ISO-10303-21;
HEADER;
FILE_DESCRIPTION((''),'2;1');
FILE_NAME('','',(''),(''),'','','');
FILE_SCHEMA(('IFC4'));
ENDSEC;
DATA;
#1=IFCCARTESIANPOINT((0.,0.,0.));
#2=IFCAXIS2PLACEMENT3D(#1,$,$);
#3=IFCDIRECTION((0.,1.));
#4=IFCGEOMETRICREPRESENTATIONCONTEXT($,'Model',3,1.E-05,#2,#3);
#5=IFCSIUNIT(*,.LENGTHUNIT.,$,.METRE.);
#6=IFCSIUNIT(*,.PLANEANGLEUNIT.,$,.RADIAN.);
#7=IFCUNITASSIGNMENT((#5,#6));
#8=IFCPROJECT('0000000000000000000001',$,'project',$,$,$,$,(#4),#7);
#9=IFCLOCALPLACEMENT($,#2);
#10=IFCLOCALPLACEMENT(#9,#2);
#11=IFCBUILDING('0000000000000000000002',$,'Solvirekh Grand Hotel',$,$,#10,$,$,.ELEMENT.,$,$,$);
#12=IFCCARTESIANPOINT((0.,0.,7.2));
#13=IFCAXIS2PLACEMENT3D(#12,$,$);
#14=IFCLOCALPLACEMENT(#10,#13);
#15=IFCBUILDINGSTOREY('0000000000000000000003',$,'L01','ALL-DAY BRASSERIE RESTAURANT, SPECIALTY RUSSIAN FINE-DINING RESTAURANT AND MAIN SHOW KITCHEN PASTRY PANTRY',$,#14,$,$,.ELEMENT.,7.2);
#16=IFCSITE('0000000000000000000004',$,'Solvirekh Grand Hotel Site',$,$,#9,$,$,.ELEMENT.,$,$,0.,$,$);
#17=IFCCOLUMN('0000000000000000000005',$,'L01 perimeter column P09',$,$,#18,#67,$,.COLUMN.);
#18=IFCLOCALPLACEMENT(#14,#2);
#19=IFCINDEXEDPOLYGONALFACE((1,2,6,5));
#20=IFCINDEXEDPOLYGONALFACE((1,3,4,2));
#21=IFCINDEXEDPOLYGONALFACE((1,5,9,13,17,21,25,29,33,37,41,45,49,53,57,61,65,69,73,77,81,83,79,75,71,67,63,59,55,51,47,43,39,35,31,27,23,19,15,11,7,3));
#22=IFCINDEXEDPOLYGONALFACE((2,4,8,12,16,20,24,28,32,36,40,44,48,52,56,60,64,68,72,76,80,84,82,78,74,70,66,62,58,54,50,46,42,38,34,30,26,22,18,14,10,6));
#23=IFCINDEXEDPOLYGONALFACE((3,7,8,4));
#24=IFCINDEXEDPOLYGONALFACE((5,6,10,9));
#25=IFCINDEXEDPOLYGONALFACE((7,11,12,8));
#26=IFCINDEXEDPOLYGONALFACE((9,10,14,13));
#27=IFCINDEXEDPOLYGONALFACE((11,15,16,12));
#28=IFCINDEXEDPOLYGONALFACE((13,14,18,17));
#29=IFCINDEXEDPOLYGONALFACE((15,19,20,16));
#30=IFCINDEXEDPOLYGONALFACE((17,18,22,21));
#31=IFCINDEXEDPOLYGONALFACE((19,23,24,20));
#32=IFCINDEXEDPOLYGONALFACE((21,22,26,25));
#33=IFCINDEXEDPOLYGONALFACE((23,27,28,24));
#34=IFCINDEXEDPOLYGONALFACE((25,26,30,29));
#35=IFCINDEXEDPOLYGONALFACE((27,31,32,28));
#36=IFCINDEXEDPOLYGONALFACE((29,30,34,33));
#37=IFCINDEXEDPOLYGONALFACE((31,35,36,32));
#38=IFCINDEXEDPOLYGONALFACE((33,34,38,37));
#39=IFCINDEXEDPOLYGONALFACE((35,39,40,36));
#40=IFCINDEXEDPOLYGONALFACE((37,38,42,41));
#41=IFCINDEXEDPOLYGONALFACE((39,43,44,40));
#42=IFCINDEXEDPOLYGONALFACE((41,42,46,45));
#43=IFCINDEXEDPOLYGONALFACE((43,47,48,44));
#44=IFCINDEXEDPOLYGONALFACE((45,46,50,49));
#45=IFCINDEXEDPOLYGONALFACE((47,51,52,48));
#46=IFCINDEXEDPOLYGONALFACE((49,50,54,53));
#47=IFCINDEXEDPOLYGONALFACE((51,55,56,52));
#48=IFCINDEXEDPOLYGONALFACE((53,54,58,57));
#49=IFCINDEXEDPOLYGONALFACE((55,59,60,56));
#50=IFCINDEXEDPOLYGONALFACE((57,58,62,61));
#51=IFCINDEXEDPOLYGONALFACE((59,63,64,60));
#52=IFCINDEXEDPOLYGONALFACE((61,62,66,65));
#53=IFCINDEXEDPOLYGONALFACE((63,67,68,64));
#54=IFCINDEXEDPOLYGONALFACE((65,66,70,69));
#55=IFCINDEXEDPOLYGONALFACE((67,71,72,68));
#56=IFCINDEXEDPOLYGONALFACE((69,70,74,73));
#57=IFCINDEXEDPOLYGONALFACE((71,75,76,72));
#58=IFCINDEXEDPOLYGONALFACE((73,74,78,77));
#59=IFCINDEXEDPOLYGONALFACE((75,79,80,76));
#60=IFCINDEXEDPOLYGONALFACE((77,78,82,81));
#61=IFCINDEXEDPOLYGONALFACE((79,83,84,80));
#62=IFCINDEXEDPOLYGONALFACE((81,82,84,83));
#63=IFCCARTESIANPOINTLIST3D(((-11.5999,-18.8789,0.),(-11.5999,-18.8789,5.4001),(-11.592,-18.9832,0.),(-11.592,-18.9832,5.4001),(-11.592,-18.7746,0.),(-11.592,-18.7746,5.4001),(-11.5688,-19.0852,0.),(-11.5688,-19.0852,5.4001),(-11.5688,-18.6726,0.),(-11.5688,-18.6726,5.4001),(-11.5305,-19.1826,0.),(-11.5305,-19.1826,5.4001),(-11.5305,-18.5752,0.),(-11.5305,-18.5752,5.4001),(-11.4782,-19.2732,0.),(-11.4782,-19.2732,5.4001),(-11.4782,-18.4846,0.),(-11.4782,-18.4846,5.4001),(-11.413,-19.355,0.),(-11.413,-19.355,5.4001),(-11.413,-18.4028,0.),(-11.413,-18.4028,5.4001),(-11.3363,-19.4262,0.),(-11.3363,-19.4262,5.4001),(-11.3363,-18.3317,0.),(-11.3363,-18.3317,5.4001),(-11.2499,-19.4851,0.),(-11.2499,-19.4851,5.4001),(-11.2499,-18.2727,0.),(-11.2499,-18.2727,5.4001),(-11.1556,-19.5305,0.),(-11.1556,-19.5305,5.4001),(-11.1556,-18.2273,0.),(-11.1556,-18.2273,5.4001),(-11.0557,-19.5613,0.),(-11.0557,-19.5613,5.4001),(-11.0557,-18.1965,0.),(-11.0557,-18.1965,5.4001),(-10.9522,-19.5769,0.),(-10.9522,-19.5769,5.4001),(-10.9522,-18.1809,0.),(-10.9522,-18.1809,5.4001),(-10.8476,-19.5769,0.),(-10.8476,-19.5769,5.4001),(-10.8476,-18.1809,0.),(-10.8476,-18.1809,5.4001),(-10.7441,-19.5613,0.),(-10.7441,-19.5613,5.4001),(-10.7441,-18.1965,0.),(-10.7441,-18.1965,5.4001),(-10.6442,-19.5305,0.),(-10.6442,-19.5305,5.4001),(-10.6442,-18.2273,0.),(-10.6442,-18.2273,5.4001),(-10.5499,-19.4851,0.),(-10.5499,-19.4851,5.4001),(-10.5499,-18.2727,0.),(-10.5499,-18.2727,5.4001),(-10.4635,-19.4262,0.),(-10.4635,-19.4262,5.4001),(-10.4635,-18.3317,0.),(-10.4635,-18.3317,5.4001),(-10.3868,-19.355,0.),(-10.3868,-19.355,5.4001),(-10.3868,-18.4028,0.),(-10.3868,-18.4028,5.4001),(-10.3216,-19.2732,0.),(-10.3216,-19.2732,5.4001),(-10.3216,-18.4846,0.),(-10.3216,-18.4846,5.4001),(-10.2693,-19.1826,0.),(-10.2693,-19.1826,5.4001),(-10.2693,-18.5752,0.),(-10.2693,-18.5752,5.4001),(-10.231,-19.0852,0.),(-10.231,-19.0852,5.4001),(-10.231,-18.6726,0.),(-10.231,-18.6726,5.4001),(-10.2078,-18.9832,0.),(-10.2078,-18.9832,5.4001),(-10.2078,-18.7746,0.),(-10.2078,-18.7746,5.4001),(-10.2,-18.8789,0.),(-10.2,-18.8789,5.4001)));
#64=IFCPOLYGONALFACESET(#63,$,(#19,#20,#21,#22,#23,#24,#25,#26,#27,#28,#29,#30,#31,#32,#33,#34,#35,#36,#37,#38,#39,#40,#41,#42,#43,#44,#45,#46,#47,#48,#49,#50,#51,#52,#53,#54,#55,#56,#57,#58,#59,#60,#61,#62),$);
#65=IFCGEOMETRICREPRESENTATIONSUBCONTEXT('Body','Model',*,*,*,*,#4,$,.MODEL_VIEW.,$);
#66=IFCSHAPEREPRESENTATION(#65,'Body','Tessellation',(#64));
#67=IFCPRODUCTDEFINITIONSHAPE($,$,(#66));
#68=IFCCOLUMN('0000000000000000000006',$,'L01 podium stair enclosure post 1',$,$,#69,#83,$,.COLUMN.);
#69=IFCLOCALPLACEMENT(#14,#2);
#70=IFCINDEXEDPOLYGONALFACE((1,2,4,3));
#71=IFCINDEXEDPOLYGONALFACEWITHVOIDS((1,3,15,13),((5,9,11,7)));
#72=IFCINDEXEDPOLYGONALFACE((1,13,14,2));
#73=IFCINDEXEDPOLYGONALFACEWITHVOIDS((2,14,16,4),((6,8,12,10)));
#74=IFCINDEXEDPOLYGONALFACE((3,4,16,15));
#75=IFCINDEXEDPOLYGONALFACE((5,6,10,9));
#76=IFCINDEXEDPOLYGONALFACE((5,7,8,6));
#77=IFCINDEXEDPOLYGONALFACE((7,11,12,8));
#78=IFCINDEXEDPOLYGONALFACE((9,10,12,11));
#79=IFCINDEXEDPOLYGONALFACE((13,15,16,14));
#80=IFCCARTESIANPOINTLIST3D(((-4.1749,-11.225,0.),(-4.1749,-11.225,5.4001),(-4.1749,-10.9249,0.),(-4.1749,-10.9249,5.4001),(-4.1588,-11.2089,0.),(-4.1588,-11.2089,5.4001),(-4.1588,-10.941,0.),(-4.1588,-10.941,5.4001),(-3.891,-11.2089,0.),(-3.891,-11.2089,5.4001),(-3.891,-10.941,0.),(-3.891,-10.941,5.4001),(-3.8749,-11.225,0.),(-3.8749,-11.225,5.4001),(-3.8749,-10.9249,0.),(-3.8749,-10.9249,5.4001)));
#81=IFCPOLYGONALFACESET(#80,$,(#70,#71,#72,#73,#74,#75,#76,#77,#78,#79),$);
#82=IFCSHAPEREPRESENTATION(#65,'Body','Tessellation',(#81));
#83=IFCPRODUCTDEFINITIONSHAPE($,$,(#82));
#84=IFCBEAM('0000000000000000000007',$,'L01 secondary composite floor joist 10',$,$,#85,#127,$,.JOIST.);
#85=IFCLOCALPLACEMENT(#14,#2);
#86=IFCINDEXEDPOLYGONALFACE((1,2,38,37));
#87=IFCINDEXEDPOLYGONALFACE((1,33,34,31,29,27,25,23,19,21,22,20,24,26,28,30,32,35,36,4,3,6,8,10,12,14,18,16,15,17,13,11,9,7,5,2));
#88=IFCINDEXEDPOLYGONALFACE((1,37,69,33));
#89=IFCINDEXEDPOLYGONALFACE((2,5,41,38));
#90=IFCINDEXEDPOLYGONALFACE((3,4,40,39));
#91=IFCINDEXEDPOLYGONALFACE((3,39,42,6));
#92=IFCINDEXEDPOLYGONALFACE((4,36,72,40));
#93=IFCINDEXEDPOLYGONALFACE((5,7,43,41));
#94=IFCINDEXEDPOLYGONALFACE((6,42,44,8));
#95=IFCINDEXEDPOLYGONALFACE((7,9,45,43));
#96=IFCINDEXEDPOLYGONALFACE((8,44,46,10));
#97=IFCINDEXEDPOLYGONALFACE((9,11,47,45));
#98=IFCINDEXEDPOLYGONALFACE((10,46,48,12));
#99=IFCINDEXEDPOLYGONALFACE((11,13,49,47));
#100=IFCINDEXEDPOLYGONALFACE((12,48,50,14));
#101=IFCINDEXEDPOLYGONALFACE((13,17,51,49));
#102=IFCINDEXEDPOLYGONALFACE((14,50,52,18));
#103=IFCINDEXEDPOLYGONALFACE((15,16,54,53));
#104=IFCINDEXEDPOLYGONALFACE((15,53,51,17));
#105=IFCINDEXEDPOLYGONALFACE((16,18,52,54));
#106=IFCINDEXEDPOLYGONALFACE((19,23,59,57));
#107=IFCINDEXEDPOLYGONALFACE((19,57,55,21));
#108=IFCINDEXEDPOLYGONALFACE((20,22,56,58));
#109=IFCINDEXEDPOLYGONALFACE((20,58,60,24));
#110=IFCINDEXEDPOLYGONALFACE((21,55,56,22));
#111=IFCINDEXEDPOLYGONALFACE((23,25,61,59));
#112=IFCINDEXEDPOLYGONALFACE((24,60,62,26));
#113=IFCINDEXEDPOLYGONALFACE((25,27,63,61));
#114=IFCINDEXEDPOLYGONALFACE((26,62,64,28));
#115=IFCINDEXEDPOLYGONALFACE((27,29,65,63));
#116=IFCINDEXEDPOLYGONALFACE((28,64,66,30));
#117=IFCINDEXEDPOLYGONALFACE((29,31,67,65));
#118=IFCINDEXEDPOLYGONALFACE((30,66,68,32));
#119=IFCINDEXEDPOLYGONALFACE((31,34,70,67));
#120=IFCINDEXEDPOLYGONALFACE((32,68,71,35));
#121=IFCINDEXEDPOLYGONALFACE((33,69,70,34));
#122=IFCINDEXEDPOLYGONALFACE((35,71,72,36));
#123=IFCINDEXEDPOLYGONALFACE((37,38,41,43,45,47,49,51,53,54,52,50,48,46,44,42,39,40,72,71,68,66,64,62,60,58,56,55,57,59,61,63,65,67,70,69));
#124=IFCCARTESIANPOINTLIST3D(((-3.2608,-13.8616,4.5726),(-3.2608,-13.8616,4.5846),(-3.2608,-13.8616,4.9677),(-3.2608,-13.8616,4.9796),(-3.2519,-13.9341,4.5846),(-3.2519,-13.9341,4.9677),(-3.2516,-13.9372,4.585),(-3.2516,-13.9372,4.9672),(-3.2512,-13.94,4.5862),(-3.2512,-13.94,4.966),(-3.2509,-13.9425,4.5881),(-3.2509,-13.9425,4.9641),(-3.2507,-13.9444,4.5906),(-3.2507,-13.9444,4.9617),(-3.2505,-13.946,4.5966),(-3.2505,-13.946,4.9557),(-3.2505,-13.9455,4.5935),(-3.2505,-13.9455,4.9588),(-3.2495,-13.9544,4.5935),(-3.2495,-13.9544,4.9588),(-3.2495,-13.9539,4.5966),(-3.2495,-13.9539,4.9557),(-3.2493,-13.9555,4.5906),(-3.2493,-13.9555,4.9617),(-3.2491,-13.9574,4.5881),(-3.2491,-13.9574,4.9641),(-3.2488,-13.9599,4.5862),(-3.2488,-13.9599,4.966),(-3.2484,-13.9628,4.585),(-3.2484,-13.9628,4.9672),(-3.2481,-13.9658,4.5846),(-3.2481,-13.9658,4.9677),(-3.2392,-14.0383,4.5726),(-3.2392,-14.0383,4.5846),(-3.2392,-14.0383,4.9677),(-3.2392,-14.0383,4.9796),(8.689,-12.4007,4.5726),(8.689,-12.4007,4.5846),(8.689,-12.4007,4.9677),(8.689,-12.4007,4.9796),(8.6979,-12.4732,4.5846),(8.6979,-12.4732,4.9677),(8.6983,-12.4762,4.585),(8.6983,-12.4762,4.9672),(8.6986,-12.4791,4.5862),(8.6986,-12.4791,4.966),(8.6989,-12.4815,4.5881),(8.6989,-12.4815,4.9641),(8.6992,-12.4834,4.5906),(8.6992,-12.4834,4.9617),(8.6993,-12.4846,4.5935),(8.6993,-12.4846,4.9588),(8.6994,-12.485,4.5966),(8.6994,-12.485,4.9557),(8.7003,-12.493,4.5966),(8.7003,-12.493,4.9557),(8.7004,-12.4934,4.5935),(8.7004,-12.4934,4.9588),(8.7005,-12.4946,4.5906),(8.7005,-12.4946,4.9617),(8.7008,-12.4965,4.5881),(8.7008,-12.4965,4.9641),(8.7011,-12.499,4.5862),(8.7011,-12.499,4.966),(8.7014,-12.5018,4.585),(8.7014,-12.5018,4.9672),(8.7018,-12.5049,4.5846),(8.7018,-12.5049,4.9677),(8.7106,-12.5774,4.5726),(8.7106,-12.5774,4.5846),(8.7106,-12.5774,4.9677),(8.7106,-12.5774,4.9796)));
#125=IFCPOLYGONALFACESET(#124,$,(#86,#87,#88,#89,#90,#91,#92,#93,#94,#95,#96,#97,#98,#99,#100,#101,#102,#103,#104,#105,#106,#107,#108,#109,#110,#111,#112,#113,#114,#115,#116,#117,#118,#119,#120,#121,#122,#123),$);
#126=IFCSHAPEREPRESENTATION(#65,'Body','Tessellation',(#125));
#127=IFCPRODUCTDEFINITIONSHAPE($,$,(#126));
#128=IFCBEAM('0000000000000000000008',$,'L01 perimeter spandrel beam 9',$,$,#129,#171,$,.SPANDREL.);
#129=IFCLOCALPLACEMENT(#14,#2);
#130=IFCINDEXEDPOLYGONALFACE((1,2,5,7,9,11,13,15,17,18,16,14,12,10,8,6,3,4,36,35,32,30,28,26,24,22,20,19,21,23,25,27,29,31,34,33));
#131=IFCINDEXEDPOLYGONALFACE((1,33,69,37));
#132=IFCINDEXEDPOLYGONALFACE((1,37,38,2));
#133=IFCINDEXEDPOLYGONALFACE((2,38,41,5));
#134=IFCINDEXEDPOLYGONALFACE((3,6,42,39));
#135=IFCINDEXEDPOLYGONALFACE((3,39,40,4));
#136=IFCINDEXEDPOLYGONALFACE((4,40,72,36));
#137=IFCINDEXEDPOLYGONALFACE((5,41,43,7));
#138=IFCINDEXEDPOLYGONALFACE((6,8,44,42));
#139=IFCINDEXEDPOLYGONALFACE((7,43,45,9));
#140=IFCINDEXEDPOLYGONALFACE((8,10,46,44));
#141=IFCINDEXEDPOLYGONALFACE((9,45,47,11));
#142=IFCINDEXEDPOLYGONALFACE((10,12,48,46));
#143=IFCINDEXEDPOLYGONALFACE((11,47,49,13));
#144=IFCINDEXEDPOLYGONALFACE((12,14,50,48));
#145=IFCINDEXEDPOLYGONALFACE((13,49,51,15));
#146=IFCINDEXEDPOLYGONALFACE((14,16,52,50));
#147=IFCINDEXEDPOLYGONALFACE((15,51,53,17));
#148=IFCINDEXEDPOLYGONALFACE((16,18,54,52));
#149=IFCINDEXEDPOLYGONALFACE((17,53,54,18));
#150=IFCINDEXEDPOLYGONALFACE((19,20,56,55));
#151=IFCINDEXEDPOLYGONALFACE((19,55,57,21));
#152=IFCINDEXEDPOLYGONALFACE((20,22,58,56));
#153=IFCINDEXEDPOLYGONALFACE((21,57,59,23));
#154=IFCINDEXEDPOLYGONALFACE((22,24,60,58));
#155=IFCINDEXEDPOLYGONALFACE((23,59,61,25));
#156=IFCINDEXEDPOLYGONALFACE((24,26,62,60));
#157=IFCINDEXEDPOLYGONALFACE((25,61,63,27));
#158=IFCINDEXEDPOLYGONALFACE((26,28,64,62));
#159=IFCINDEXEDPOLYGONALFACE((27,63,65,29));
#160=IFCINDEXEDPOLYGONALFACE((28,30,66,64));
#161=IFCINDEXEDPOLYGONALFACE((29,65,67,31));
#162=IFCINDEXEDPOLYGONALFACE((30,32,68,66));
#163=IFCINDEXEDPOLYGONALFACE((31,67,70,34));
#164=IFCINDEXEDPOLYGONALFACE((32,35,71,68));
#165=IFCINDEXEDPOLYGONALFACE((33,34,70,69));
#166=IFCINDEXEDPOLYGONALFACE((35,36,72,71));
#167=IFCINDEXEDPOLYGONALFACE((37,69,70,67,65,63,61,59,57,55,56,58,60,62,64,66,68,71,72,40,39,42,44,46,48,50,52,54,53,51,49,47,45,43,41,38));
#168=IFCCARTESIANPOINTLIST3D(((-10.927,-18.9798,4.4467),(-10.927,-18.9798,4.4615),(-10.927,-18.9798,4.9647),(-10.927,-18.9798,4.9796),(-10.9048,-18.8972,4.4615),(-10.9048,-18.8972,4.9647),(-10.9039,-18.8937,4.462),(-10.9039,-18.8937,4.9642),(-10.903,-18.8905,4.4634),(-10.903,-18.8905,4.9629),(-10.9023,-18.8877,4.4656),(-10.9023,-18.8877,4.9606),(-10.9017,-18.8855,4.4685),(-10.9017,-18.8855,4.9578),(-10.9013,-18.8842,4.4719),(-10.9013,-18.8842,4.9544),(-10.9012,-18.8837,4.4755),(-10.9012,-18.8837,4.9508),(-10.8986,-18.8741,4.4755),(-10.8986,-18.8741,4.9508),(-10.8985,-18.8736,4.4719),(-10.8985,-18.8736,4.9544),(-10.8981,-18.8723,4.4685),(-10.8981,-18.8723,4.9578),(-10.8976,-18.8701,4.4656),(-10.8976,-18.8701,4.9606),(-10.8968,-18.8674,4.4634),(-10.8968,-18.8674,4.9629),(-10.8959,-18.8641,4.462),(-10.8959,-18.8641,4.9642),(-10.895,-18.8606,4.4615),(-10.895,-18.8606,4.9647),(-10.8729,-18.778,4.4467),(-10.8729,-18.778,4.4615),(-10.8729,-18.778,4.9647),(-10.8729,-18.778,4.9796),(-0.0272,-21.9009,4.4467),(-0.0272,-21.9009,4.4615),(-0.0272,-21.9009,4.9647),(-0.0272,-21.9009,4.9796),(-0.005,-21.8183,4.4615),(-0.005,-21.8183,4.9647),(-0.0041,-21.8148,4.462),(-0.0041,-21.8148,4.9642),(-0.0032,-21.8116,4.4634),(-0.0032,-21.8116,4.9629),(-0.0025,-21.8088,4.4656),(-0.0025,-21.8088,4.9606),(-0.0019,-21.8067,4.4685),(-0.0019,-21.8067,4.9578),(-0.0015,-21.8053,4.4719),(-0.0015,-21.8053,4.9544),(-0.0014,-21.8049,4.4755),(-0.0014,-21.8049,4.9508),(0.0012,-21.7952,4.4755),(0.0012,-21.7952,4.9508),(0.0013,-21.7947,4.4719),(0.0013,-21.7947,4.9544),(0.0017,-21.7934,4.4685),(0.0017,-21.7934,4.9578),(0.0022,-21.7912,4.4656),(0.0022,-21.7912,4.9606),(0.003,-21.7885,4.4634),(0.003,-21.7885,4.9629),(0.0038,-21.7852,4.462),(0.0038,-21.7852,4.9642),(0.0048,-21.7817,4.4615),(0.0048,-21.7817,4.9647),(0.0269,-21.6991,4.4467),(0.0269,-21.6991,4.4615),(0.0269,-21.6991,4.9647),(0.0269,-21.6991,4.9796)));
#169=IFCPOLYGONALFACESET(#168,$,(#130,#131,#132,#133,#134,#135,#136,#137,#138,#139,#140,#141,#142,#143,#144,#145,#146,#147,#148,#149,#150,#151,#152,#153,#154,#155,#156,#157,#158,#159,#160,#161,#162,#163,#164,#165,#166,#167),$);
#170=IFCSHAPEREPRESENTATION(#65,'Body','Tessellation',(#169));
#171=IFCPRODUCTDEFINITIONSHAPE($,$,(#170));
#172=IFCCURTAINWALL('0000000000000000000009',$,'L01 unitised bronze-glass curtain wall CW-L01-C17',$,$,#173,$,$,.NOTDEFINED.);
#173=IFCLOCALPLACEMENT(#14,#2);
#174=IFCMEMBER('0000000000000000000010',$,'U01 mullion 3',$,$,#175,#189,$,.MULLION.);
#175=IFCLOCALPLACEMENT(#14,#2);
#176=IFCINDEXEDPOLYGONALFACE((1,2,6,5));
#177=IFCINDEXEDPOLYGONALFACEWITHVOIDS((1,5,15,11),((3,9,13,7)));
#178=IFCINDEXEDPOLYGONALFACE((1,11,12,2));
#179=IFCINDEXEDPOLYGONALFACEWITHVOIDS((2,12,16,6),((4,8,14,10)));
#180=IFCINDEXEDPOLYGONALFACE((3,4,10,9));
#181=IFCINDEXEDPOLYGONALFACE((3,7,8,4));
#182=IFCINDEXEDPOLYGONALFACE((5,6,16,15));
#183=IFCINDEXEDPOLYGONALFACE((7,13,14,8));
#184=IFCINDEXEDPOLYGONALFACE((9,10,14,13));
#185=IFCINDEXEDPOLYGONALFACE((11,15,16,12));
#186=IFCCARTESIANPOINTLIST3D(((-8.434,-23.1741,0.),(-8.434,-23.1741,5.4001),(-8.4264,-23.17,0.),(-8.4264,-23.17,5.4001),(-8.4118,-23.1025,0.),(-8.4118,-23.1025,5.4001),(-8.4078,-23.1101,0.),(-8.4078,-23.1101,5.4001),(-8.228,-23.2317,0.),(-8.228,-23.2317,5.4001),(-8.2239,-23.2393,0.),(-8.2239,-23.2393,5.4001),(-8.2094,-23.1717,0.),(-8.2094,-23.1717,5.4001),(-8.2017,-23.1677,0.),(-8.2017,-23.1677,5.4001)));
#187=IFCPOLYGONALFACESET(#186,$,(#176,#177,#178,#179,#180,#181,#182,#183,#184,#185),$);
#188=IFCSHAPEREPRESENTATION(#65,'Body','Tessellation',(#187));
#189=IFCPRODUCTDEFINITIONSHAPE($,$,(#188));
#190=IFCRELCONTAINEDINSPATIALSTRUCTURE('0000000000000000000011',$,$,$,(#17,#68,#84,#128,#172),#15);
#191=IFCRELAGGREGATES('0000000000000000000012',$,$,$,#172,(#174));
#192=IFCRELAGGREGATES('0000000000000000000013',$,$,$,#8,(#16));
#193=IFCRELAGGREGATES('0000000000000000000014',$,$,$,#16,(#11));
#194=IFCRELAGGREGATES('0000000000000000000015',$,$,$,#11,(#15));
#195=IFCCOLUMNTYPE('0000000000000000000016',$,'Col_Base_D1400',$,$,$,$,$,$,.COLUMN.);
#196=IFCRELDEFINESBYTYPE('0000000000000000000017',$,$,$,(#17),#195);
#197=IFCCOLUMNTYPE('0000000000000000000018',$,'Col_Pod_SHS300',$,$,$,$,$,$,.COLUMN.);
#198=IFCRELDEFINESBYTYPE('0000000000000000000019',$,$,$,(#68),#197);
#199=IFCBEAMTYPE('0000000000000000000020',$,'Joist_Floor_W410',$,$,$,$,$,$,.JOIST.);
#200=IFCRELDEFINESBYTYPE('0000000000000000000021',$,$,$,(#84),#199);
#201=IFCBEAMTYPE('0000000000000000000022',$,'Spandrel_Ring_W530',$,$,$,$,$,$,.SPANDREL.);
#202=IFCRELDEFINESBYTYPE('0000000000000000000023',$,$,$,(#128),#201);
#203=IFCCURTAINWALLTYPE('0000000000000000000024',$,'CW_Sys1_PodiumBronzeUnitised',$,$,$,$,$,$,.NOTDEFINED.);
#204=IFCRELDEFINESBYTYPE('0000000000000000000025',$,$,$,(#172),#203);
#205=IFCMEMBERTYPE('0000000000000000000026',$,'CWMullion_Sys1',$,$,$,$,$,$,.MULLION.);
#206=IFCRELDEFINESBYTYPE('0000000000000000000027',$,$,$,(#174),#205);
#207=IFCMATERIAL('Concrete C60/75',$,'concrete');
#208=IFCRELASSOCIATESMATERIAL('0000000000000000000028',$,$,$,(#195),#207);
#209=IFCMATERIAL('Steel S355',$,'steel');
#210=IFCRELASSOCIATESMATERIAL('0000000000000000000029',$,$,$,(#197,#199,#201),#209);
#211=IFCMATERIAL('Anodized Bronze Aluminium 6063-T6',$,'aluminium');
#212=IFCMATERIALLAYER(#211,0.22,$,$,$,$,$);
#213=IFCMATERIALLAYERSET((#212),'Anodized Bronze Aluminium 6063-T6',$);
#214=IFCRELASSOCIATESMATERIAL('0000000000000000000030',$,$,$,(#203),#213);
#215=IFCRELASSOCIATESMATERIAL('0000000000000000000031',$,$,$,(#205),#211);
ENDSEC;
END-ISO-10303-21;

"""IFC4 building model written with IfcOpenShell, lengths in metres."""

from ifc_helpers import new_model, si_unit, direction, frame, origin, origin_2d, place, context, subcontext, project, spatial, hollow_rectangle, circle, i_section, extrude, source, transform, mapped, material, layer, layer_set, material_profile, profile_set, type_object, element, aggregate, save


model = new_model("IFC4")

# Units and contexts
model_context = context("Model", 3, precision=1e-05, world=origin(), true_north=direction((0.0, 1.0)))
body_context = subcontext(model_context, "Body", "Model", "MODEL_VIEW")
ifc_project = project(units=[si_unit("LENGTHUNIT", "METRE"), si_unit("PLANEANGLEUNIT", "RADIAN")], contexts=[model_context])

# Site, building, storey
site_placement = place(None, origin())
site = spatial("IfcSite", under=ifc_project, at=site_placement, Name="Solvirekh Grand Hotel Site", CompositionType="ELEMENT", RefElevation=0.0)
building_placement = place(site_placement, origin())
building = spatial("IfcBuilding", under=site, at=building_placement, Name="Solvirekh Grand Hotel", CompositionType="ELEMENT")
storey_placement = place(building_placement, frame((0.0, 0.0, 7.2)))
storey = spatial("IfcBuildingStorey", under=building, at=storey_placement, Name="L01", Description="ALL-DAY BRASSERIE RESTAURANT, SPECIALTY RUSSIAN FINE-DINING RESTAURANT AND MAIN SHOW KITCHEN PASTRY PANTRY", CompositionType="ELEMENT", Elevation=7.2)

# Columns
ifc_material_1 = material(Name="Concrete C60/75", Category="concrete")
ifc_material_profile_1 = material_profile(ifc_material_1, circle(Radius=0.7, at=origin_2d()), Name="RC CIRC D1400")
ifc_profile_set_1 = profile_set([ifc_material_profile_1], Name="Concrete C60/75")
column_type_1 = type_object("IfcColumnType", Name="Col_Base_D1400", PredefinedType="COLUMN", material=ifc_profile_set_1)
column_1_placement = place(storey_placement, frame((-10.8999, -18.8789, 0.0), z_axis=(0.0, 0.0, 1.0), x_axis=(1.0, 0.0, 0.0)))
element("IfcColumn", 1, at=column_1_placement, inside=storey, type_object=column_type_1, Name="L01 perimeter column P09", PredefinedType="COLUMN", context=body_context, shape_type="SweptSolid", body=[
    extrude(circle(Radius=0.7, at=origin_2d()), origin(), (0.0, 0.0, 1.0), 5.4001),
])
ifc_material_2 = material(Name="Steel S355", Category="steel")
ifc_material_profile_2 = material_profile(ifc_material_2, hollow_rectangle(XDim=0.3, YDim=0.3, WallThickness=0.0161, at=origin_2d()), Name="SHS 300X300X16")
ifc_profile_set_2 = profile_set([ifc_material_profile_2], Name="Steel S355")
column_type_2 = type_object("IfcColumnType", Name="Col_Pod_SHS300", PredefinedType="COLUMN", material=ifc_profile_set_2)
column_2_placement = place(storey_placement, frame((-4.0249, -11.075, 0.0), z_axis=(0.0, 0.0, 1.0), x_axis=(1.0, 0.0, 0.0)))
element("IfcColumn", 2, at=column_2_placement, inside=storey, type_object=column_type_2, Name="L01 podium stair enclosure post 1", PredefinedType="COLUMN", context=body_context, shape_type="SweptSolid", body=[
    extrude(hollow_rectangle(XDim=0.3, YDim=0.3, WallThickness=0.0161, at=origin_2d()), origin(), (0.0, 0.0, 1.0), 5.4001),
])

# Beams
ifc_material_profile_3 = material_profile(ifc_material_2, i_section(OverallWidth=0.178, OverallDepth=0.407, WebThickness=0.0081, FlangeThickness=0.012, FilletRadius=0.012, at=origin_2d()), Name="W410X60")
ifc_profile_set_3 = profile_set([ifc_material_profile_3], Name="Steel S355")
beam_type_1 = type_object("IfcBeamType", Name="Joist_Floor_W410", PredefinedType="JOIST", material=ifc_profile_set_3)
beam_1_placement = place(storey_placement, frame((-3.25, -13.95, 4.7761), z_axis=(0.99261, 0.121351, 0.0), x_axis=(-0.121351, 0.99261, 0.0)))
element("IfcBeam", 3, at=beam_1_placement, inside=storey, type_object=beam_type_1, Name="L01 secondary composite floor joist 10", PredefinedType="JOIST", context=body_context, shape_type="SweptSolid", body=[
    extrude(i_section(OverallWidth=0.178, OverallDepth=0.407, WebThickness=0.0081, FlangeThickness=0.012, FilletRadius=0.012, at=origin_2d()), origin(), (0.0, 0.0, 1.0), 12.0388),
])
ifc_material_profile_4 = material_profile(ifc_material_2, i_section(OverallWidth=0.209, OverallDepth=0.533, WebThickness=0.01, FlangeThickness=0.0149, FilletRadius=0.0139, at=origin_2d()), Name="W530X92")
ifc_profile_set_4 = profile_set([ifc_material_profile_4], Name="Steel S355")
beam_type_2 = type_object("IfcBeamType", Name="Spandrel_Ring_W530", PredefinedType="SPANDREL", material=ifc_profile_set_4)
beam_2_placement = place(storey_placement, frame((-10.8999, -18.8789, 4.7131), z_axis=(0.965914, -0.258862, 0.0), x_axis=(0.258862, 0.965914, 0.0)))
element("IfcBeam", 4, at=beam_2_placement, inside=storey, type_object=beam_type_2, Name="L01 perimeter spandrel beam 9", PredefinedType="SPANDREL", context=body_context, shape_type="SweptSolid", body=[
    extrude(i_section(OverallWidth=0.209, OverallDepth=0.533, WebThickness=0.01, FlangeThickness=0.0149, FilletRadius=0.0139, at=origin_2d()), origin(), (0.0, 0.0, 1.0), 11.2844),
])

# Curtain wall, member
ifc_material_3 = material(Name="Anodized Bronze Aluminium 6063-T6", Category="aluminium")
ifc_layer_1 = layer(ifc_material_3, 0.22)
ifc_layer_set_1 = layer_set([ifc_layer_1], Name="Anodized Bronze Aluminium 6063-T6")
curtain_wall_type = type_object("IfcCurtainWallType", Name="CW_Sys1_PodiumBronzeUnitised", PredefinedType="NOTDEFINED", material=ifc_layer_set_1)
curtain_wall_1_placement = place(storey_placement, origin())
curtain_wall_1 = element("IfcCurtainWall", 5, at=curtain_wall_1_placement, inside=storey, type_object=curtain_wall_type, Name="L01 unitised bronze-glass curtain wall CW-L01-C17", PredefinedType="NOTDEFINED")
ifc_material_profile_5 = material_profile(ifc_material_3, hollow_rectangle(XDim=0.075, YDim=0.22, WallThickness=0.0061, at=origin_2d()), Name="ALU RHS 220X75X6")
ifc_profile_set_5 = profile_set([ifc_material_profile_5], Name="Anodized Bronze Aluminium 6063-T6")
member_type_1 = type_object("IfcMemberType", Name="CWMullion_Sys1", PredefinedType="MULLION", material=ifc_profile_set_5)
shared_shape_1 = source(origin(), body_context, "Body", "SweptSolid", [
    extrude(hollow_rectangle(XDim=0.075, YDim=0.22, WallThickness=0.0061, at=origin_2d()), origin(), (0.0, 0.0, 1.0), 5.4001),
])
member_1_placement = place(storey_placement, frame((-8.3179, -23.1709, 0.0), z_axis=(0.0, 0.0, 1.0), x_axis=(0.296598, 0.955003, 0.0)))
member_1 = element("IfcMember", 6, at=member_1_placement, type_object=member_type_1, Name="U01 mullion 3", PredefinedType="MULLION", context=body_context, shape_type="MappedRepresentation", body=[
    mapped(shared_shape_1, transform((0.0, 0.0, 0.0), x_axis=(1.0, 0.0, 0.0), y_axis=(0.0, 1.0, 0.0), z_axis=(0.0, 0.0, 1.0), scale=1.0)),
])

aggregate(curtain_wall_1, [member_1])

save(model, "model.ifc")
